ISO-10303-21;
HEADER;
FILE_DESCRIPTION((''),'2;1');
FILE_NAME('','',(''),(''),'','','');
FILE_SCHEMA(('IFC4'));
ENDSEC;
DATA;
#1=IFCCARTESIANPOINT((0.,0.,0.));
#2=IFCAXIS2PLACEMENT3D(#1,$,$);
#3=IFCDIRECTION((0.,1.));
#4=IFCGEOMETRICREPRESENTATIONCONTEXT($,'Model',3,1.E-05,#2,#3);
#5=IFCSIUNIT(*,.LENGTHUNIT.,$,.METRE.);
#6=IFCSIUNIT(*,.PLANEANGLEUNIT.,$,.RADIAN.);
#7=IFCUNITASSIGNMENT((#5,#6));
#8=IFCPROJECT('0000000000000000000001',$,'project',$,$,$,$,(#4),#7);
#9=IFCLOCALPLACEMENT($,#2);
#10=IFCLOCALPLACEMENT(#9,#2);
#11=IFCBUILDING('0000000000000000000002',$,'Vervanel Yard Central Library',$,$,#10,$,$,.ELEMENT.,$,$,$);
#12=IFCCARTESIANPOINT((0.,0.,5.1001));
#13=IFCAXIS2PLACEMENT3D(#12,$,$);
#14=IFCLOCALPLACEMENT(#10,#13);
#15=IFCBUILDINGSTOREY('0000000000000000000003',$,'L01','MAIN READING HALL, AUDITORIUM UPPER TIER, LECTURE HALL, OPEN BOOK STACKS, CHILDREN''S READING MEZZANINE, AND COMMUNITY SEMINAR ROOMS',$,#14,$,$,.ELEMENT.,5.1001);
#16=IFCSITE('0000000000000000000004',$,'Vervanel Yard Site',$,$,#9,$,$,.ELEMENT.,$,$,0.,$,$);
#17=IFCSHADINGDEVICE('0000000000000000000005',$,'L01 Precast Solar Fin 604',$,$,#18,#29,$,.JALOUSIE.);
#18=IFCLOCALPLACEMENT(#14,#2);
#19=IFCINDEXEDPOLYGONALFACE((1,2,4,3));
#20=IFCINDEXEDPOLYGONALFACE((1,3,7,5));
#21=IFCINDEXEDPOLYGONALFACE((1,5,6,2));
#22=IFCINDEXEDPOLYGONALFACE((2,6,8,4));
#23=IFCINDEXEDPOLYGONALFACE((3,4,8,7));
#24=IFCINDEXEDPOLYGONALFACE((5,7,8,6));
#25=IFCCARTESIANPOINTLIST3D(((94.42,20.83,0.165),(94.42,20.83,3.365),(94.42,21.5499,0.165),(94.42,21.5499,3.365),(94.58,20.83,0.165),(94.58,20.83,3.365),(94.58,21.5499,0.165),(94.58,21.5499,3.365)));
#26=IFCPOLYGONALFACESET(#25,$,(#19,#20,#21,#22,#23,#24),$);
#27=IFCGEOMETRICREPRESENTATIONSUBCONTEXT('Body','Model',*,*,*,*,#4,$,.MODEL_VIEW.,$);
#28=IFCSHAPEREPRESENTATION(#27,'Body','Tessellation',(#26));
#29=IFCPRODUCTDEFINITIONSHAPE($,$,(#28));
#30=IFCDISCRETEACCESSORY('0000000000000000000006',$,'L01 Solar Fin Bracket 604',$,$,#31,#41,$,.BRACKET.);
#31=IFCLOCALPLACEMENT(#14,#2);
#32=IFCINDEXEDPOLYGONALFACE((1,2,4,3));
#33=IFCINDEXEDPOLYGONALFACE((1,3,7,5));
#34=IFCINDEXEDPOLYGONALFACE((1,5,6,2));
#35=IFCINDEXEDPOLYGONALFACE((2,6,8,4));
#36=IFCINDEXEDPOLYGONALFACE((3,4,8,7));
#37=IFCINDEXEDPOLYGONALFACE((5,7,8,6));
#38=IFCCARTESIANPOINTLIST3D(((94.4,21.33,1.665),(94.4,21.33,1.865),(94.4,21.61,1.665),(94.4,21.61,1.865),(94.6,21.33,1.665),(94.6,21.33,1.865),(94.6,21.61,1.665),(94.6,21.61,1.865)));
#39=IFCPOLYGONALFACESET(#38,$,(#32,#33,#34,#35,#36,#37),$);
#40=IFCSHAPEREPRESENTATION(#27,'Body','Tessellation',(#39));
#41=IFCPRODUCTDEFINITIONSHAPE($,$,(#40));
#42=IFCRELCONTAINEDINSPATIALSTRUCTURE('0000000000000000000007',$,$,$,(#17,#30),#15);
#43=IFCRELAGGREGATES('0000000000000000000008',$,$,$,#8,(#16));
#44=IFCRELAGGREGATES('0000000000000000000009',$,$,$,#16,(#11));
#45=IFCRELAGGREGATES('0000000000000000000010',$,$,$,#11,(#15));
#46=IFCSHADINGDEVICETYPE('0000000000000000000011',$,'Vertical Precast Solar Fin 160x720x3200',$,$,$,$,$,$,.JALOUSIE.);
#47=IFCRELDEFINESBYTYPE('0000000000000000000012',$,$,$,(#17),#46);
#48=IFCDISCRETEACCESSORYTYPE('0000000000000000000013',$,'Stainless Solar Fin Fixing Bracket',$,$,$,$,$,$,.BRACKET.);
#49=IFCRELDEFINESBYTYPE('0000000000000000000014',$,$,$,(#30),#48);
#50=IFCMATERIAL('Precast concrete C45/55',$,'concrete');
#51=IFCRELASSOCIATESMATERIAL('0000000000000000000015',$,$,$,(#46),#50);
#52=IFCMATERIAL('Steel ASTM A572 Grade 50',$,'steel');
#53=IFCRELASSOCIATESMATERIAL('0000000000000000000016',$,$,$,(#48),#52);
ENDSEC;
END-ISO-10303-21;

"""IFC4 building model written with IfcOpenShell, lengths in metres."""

from ifc_helpers import new_model, si_unit, direction, frame, origin, origin_2d, place, context, subcontext, project, spatial, rectangle, extrude, material, type_object, element, save


model = new_model("IFC4")

# Units and contexts
model_context = context("Model", 3, precision=1e-05, world=origin(), true_north=direction((0.0, 1.0)))
body_context = subcontext(model_context, "Body", "Model", "MODEL_VIEW")
ifc_project = project(units=[si_unit("LENGTHUNIT", "METRE"), si_unit("PLANEANGLEUNIT", "RADIAN")], contexts=[model_context])

# Site, building, storey
site_placement = place(None, origin())
site = spatial("IfcSite", under=ifc_project, at=site_placement, Name="Vervanel Yard Site", CompositionType="ELEMENT", RefElevation=0.0)
building_placement = place(site_placement, origin())
building = spatial("IfcBuilding", under=site, at=building_placement, Name="Vervanel Yard Central Library", CompositionType="ELEMENT")
storey_placement = place(building_placement, frame((0.0, 0.0, 5.1001)))
storey = spatial("IfcBuildingStorey", under=building, at=storey_placement, Name="L01", Description="MAIN READING HALL, AUDITORIUM UPPER TIER, LECTURE HALL, OPEN BOOK STACKS, CHILDREN'S READING MEZZANINE, AND COMMUNITY SEMINAR ROOMS", CompositionType="ELEMENT", Elevation=5.1001)

# Shading device
ifc_material_1 = material(Name="Precast concrete C45/55", Category="concrete")
shading_device_type = type_object("IfcShadingDeviceType", Name="Vertical Precast Solar Fin 160x720x3200", PredefinedType="JALOUSIE", material=ifc_material_1)
shading_device_placement = place(storey_placement, frame((94.5, 21.1899, 0.165), z_axis=(0.0, 0.0, 1.0), x_axis=(1.0, 0.0, 0.0)))
element("IfcShadingDevice", 1, at=shading_device_placement, inside=storey, type_object=shading_device_type, Name="L01 Precast Solar Fin 604", PredefinedType="JALOUSIE", context=body_context, shape_type="SweptSolid", body=[
    extrude(rectangle(XDim=0.1599, YDim=0.72, at=origin_2d()), origin(), (0.0, 0.0, 1.0), 3.2),
])

# Discrete accessory
ifc_material_2 = material(Name="Steel ASTM A572 Grade 50", Category="steel")
discrete_accessory_type = type_object("IfcDiscreteAccessoryType", Name="Stainless Solar Fin Fixing Bracket", PredefinedType="BRACKET", material=ifc_material_2)
discrete_accessory_placement = place(storey_placement, frame((94.5, 21.47, 1.665), z_axis=(0.0, 0.0, 1.0), x_axis=(1.0, 0.0, 0.0)))
element("IfcDiscreteAccessory", 2, at=discrete_accessory_placement, inside=storey, type_object=discrete_accessory_type, Name="L01 Solar Fin Bracket 604", PredefinedType="BRACKET", context=body_context, shape_type="SweptSolid", body=[
    extrude(rectangle(XDim=0.2, YDim=0.28, at=origin_2d()), origin(), (0.0, 0.0, 1.0), 0.2),
])

save(model, "model.ifc")
